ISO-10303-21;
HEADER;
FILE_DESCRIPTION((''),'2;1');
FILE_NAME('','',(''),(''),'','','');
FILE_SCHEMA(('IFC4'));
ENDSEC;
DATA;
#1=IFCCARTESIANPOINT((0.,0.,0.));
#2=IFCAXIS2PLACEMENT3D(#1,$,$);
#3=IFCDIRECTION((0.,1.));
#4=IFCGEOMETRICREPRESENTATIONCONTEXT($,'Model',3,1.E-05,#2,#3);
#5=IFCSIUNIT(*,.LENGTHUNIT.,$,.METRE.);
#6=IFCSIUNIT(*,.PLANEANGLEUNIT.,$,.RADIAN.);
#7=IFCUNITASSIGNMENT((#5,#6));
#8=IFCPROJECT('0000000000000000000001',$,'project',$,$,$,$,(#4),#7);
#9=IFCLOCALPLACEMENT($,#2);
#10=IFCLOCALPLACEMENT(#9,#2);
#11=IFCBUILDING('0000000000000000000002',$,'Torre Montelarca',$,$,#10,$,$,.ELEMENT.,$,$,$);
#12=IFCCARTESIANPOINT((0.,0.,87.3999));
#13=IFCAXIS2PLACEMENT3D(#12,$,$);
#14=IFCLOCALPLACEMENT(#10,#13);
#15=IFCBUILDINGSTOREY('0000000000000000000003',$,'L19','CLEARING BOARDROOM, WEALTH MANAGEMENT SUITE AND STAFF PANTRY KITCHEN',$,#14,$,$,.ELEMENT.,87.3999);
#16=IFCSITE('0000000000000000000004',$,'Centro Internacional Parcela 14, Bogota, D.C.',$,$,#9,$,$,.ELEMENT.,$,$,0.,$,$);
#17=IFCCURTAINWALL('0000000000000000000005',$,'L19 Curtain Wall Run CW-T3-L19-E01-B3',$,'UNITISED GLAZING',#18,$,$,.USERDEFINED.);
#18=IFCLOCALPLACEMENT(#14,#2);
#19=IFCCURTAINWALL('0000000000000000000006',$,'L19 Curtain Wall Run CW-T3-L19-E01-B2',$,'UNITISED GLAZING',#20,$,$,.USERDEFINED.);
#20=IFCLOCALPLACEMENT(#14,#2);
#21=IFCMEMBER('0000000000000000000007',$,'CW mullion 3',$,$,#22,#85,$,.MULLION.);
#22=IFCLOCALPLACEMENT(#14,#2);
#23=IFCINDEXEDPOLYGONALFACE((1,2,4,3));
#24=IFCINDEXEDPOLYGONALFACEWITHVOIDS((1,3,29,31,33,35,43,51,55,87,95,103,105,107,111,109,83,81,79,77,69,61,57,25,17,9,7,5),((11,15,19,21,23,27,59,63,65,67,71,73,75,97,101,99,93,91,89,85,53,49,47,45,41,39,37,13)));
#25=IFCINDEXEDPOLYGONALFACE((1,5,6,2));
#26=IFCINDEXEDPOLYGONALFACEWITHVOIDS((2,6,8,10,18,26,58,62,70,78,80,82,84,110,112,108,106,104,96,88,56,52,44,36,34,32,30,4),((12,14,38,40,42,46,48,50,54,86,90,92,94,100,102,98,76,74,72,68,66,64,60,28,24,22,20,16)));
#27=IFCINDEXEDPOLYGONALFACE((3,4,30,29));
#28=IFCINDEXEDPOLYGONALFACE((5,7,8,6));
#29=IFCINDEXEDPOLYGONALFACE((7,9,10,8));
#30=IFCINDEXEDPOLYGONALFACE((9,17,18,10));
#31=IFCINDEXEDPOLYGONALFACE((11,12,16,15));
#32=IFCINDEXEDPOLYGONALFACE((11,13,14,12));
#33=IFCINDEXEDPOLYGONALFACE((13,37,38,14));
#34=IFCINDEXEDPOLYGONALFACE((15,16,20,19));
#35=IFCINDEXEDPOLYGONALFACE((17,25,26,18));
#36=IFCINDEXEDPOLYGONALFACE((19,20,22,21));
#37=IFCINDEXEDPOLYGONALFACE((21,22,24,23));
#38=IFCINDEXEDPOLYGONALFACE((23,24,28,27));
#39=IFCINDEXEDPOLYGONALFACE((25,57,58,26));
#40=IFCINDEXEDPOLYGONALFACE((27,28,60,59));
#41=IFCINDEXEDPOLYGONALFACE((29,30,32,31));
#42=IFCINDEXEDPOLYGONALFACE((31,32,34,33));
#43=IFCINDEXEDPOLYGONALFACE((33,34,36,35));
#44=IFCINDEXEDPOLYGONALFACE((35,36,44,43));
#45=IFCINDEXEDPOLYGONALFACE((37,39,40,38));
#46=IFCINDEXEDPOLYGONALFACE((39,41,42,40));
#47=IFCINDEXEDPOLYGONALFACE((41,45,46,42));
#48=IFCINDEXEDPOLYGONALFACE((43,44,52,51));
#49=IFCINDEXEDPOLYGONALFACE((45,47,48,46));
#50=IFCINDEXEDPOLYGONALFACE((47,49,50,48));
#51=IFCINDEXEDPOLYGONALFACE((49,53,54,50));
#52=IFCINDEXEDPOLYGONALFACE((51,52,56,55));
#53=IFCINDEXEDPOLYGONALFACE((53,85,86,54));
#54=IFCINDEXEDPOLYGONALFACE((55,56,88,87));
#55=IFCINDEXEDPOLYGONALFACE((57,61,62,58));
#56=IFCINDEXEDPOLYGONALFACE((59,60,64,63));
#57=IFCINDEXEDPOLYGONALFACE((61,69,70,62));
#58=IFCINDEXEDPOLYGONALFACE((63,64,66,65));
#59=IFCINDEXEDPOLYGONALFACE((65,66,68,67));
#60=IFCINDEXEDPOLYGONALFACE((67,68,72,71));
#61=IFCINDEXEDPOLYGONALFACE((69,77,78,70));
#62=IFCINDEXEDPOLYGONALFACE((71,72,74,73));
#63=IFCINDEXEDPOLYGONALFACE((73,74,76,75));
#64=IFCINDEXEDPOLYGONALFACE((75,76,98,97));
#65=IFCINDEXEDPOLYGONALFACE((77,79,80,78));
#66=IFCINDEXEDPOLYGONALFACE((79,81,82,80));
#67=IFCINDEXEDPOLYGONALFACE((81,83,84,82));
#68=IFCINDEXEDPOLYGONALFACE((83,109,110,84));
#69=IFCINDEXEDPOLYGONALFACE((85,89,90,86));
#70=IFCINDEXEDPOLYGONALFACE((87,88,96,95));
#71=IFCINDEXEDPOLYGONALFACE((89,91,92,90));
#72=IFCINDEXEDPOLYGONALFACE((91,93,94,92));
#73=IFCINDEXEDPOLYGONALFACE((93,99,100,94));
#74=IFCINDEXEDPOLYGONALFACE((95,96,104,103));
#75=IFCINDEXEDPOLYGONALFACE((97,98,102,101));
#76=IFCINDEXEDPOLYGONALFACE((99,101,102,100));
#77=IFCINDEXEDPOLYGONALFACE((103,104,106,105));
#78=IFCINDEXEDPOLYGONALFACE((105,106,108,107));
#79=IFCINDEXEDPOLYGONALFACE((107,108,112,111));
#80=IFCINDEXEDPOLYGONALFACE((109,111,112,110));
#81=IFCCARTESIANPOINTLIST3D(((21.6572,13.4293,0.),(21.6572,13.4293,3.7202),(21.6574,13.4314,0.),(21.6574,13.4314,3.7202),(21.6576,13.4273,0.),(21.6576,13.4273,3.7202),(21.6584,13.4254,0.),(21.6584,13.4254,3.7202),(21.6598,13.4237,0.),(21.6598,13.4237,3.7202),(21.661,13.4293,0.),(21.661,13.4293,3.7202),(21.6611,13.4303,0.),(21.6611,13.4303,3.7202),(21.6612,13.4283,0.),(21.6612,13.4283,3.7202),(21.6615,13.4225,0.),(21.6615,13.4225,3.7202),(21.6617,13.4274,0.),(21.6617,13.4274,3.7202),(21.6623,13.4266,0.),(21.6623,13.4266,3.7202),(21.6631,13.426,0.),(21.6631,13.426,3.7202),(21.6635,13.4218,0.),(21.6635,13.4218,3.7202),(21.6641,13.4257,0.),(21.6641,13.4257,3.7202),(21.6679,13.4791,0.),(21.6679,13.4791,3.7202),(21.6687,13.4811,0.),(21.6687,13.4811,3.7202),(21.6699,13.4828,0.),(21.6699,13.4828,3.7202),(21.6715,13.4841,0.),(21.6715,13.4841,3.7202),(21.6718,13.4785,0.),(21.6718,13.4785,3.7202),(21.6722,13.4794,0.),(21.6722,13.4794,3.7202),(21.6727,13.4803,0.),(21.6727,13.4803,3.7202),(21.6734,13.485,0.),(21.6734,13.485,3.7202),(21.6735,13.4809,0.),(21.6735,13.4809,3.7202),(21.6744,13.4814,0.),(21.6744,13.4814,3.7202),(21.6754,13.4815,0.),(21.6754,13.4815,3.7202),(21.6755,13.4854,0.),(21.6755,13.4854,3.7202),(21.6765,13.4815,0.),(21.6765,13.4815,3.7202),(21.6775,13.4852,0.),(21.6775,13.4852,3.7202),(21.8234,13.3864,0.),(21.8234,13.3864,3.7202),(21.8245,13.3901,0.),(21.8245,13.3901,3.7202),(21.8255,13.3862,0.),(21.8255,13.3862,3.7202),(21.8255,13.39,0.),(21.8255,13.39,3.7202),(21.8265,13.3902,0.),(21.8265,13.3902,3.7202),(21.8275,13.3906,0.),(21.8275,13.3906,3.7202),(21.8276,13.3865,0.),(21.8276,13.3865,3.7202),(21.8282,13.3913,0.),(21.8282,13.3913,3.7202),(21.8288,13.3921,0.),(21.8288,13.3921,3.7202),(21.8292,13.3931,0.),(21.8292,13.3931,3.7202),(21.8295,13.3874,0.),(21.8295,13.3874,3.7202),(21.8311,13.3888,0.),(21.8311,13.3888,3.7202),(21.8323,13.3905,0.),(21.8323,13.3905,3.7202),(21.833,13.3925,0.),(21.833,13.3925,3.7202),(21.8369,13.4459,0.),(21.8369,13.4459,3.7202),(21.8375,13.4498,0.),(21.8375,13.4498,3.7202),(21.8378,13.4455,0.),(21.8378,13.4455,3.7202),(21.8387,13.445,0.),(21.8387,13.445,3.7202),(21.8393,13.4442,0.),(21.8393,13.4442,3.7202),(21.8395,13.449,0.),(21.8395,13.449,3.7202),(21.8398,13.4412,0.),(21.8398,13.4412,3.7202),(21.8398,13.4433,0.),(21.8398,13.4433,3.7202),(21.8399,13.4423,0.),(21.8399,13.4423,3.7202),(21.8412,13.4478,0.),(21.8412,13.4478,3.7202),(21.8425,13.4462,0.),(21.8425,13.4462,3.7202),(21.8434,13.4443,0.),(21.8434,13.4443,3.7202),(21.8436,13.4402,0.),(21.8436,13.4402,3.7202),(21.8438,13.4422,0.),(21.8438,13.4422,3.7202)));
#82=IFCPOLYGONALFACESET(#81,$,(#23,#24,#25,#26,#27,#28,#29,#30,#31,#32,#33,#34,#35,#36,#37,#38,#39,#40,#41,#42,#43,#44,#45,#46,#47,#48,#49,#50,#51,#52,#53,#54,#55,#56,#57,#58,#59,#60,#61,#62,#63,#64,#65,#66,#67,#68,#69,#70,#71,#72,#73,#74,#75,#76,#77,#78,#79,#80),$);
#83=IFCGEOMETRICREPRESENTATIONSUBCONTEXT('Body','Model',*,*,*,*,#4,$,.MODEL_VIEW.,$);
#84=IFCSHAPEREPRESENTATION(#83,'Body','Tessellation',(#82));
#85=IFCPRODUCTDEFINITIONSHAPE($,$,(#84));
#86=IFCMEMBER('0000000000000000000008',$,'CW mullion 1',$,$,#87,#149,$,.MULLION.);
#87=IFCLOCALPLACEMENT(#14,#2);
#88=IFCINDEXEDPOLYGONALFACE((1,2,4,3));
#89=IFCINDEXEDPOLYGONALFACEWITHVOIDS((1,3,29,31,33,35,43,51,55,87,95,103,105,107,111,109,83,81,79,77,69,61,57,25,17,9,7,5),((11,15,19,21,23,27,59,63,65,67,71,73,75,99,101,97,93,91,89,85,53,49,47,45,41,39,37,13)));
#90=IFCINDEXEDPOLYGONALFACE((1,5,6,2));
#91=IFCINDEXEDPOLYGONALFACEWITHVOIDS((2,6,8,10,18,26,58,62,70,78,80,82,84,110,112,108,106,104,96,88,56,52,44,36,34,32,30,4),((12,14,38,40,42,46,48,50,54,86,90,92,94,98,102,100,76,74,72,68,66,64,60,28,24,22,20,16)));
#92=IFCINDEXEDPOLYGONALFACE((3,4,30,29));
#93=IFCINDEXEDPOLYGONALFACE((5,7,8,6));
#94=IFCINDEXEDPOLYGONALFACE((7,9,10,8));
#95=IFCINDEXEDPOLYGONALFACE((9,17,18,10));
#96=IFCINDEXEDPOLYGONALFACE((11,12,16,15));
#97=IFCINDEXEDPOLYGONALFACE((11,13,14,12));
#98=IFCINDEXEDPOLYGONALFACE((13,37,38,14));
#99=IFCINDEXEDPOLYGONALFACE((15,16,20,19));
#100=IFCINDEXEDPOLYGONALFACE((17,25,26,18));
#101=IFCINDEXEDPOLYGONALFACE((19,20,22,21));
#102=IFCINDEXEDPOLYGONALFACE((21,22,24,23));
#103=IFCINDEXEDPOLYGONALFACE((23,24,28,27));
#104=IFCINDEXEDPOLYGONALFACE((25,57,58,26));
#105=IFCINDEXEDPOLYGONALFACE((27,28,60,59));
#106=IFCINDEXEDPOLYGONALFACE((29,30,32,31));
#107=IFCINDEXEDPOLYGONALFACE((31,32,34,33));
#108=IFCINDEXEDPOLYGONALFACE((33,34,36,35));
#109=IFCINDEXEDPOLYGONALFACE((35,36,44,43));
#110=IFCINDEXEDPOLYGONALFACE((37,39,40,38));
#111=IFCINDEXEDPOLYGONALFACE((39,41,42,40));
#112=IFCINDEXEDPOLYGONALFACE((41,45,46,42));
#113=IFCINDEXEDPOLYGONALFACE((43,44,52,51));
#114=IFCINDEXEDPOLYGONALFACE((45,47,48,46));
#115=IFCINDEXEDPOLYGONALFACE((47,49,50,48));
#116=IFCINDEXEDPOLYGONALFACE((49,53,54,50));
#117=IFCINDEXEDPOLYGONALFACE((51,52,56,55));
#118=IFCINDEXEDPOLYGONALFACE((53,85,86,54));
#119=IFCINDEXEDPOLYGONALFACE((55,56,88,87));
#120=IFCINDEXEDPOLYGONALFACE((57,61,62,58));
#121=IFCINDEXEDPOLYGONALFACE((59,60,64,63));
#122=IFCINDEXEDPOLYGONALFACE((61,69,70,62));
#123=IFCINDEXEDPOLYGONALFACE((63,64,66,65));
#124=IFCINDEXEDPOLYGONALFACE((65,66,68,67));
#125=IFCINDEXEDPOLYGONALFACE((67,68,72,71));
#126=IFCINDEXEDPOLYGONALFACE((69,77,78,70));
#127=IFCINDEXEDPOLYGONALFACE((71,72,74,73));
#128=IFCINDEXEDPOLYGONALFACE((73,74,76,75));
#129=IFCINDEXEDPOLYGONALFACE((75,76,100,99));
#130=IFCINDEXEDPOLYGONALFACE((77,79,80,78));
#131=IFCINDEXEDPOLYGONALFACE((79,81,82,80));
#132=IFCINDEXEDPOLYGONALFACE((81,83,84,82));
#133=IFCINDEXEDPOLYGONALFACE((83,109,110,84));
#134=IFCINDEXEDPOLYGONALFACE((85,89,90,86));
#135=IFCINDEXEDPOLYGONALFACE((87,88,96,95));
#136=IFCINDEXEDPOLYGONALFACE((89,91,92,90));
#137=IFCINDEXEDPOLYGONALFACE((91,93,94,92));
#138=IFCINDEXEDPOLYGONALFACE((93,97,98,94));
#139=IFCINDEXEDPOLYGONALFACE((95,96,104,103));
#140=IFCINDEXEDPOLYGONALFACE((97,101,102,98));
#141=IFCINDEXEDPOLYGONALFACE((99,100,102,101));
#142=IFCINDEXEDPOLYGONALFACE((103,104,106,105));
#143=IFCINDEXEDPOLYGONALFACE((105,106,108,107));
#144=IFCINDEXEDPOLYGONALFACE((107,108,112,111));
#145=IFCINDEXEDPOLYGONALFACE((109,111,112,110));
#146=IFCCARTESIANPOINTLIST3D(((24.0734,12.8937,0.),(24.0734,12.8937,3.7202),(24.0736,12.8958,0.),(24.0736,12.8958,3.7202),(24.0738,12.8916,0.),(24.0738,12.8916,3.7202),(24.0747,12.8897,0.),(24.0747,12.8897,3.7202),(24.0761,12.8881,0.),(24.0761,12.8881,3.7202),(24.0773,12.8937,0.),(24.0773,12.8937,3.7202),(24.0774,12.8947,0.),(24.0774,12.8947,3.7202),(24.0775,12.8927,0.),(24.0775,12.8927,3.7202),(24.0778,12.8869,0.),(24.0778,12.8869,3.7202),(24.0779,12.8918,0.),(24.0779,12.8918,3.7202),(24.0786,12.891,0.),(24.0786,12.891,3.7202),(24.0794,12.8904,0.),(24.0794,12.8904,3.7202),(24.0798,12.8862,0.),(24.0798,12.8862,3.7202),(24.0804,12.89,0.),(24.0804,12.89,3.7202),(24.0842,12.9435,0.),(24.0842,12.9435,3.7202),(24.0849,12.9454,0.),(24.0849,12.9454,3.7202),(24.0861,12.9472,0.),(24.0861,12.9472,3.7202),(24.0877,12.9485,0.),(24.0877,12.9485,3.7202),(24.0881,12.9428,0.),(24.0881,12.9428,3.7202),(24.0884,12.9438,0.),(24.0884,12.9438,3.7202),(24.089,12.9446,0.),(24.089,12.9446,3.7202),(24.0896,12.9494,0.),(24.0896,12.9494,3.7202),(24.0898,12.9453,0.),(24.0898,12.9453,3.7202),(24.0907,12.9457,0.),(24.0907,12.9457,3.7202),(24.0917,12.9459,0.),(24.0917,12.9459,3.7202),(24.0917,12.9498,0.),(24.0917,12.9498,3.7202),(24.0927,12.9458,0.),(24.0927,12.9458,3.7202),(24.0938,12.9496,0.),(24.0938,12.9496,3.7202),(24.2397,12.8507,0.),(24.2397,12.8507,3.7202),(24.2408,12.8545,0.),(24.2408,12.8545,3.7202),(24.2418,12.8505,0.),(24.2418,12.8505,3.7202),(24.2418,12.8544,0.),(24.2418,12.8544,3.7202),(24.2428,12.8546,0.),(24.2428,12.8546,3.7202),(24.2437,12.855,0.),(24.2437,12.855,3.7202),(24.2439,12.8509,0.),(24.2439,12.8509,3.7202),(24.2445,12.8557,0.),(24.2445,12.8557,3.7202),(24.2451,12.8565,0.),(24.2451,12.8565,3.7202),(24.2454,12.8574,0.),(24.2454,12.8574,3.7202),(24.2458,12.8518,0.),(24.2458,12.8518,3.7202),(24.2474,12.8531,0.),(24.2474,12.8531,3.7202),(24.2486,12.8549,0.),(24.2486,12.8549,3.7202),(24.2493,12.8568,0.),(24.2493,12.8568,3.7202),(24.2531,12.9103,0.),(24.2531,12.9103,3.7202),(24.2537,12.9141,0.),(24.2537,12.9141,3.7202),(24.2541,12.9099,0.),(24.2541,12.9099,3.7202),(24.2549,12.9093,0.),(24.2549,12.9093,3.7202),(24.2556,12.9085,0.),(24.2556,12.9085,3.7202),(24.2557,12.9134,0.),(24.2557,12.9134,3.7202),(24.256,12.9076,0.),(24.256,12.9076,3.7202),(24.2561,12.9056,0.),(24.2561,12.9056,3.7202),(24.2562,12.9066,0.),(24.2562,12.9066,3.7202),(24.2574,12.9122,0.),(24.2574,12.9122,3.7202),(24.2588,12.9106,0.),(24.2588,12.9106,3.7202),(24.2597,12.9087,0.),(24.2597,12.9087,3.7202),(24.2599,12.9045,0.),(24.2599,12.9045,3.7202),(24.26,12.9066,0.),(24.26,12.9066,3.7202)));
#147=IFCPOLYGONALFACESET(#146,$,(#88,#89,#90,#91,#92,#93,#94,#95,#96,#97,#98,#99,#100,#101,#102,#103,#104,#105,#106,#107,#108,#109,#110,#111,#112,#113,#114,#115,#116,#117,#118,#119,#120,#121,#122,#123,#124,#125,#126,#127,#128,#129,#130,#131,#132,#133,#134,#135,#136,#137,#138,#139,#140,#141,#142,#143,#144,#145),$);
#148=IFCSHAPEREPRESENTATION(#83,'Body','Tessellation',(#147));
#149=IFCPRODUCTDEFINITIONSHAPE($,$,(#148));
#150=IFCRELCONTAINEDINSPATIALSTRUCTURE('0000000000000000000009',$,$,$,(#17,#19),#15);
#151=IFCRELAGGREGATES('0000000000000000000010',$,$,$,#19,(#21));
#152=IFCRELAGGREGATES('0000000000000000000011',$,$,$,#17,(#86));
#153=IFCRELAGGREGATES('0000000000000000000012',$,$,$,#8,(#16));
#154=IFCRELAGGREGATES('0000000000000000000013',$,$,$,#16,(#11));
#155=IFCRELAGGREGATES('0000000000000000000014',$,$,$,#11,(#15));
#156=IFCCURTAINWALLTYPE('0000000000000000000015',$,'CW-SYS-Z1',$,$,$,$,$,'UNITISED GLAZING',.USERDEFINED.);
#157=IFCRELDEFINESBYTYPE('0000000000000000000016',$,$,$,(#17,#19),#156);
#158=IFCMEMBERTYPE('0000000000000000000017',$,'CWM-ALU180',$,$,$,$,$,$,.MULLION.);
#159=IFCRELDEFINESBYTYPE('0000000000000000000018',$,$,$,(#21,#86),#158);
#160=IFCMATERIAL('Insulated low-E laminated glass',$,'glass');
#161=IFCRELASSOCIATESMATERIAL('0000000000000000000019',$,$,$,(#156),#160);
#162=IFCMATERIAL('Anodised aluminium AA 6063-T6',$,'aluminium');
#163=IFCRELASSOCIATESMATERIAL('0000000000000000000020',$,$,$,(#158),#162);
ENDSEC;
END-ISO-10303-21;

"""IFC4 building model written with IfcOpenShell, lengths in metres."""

from ifc_helpers import new_model, si_unit, direction, frame, origin, origin_2d, place, context, subcontext, project, spatial, hollow_rectangle, extrude, source, transform, mapped, material, material_profile, profile_set, type_object, element, aggregate, save


model = new_model("IFC4")

# Units and contexts
model_context = context("Model", 3, precision=1e-05, world=origin(), true_north=direction((0.0, 1.0)))
body_context = subcontext(model_context, "Body", "Model", "MODEL_VIEW")
ifc_project = project(units=[si_unit("LENGTHUNIT", "METRE"), si_unit("PLANEANGLEUNIT", "RADIAN")], contexts=[model_context])

# Site, building, storey
site_placement = place(None, origin())
site = spatial("IfcSite", under=ifc_project, at=site_placement, Name="Centro Internacional Parcela 14, Bogota, D.C.", CompositionType="ELEMENT", RefElevation=0.0)
building_placement = place(site_placement, origin())
building = spatial("IfcBuilding", under=site, at=building_placement, Name="Torre Montelarca", CompositionType="ELEMENT")
storey_placement = place(building_placement, frame((0.0, 0.0, 87.3999)))
storey = spatial("IfcBuildingStorey", under=building, at=storey_placement, Name="L19", Description="CLEARING BOARDROOM, WEALTH MANAGEMENT SUITE AND STAFF PANTRY KITCHEN", CompositionType="ELEMENT", Elevation=87.3999)

# Curtain wall
ifc_material_1 = material(Name="Insulated low-E laminated glass", Category="glass")
curtain_wall_type = type_object("IfcCurtainWallType", Name="CW-SYS-Z1", ElementType="UNITISED GLAZING", PredefinedType="USERDEFINED", material=ifc_material_1)
curtain_wall_1_placement = place(storey_placement, origin())
curtain_wall_1 = element("IfcCurtainWall", 1, at=curtain_wall_1_placement, inside=storey, type_object=curtain_wall_type, Name="L19 Curtain Wall Run CW-T3-L19-E01-B3", ObjectType="UNITISED GLAZING", PredefinedType="USERDEFINED")
ifc_material_2 = material(Name="Anodised aluminium AA 6063-T6", Category="aluminium")

# Curtain wall, member
curtain_wall_2_placement = place(storey_placement, origin())
curtain_wall_2 = element("IfcCurtainWall", 2, at=curtain_wall_2_placement, inside=storey, type_object=curtain_wall_type, Name="L19 Curtain Wall Run CW-T3-L19-E01-B2", ObjectType="UNITISED GLAZING", PredefinedType="USERDEFINED")
ifc_material_profile_1 = material_profile(ifc_material_2, hollow_rectangle(XDim=0.0649, YDim=0.1799, WallThickness=0.0039, InnerFilletRadius=0.0039, OuterFilletRadius=0.0081, at=origin_2d()), Name="ALU65X180X4", Category="aluminium")
ifc_profile_set_1 = profile_set([ifc_material_profile_1], Name="Anodised aluminium AA 6063-T6")
member_type_1 = type_object("IfcMemberType", Name="CWM-ALU180", PredefinedType="MULLION", material=ifc_profile_set_1)
shared_shape_1 = source(origin(), body_context, "Body", "SweptSolid", [
    extrude(hollow_rectangle(XDim=0.0649, YDim=0.1799, WallThickness=0.0039, InnerFilletRadius=0.0039, OuterFilletRadius=0.0081, at=origin_2d()), origin(), (0.0, 0.0, 1.0), 3.7202),
])
member_1_placement = place(storey_placement, frame((21.7505, 13.4358, 0.0), z_axis=(0.0, 0.0, 1.0), x_axis=(0.216441, 0.976296, 0.0)))
member_1 = element("IfcMember", 3, at=member_1_placement, type_object=member_type_1, Name="CW mullion 3", PredefinedType="MULLION", context=body_context, shape_type="MappedRepresentation", body=[
    mapped(shared_shape_1, transform((0.0, 0.0, 0.0), scale=1.0)),
])
aggregate(curtain_wall_2, [member_1])

# Member
member_2_placement = place(storey_placement, frame((24.1667, 12.9001, 0.0), z_axis=(0.0, 0.0, 1.0), x_axis=(0.216444, 0.976295, 0.0)))
member_2 = element("IfcMember", 4, at=member_2_placement, type_object=member_type_1, Name="CW mullion 1", PredefinedType="MULLION", context=body_context, shape_type="MappedRepresentation", body=[
    mapped(shared_shape_1, transform((0.0, 0.0, 0.0), scale=1.0)),
])

aggregate(curtain_wall_1, [member_2])

save(model, "model.ifc")
